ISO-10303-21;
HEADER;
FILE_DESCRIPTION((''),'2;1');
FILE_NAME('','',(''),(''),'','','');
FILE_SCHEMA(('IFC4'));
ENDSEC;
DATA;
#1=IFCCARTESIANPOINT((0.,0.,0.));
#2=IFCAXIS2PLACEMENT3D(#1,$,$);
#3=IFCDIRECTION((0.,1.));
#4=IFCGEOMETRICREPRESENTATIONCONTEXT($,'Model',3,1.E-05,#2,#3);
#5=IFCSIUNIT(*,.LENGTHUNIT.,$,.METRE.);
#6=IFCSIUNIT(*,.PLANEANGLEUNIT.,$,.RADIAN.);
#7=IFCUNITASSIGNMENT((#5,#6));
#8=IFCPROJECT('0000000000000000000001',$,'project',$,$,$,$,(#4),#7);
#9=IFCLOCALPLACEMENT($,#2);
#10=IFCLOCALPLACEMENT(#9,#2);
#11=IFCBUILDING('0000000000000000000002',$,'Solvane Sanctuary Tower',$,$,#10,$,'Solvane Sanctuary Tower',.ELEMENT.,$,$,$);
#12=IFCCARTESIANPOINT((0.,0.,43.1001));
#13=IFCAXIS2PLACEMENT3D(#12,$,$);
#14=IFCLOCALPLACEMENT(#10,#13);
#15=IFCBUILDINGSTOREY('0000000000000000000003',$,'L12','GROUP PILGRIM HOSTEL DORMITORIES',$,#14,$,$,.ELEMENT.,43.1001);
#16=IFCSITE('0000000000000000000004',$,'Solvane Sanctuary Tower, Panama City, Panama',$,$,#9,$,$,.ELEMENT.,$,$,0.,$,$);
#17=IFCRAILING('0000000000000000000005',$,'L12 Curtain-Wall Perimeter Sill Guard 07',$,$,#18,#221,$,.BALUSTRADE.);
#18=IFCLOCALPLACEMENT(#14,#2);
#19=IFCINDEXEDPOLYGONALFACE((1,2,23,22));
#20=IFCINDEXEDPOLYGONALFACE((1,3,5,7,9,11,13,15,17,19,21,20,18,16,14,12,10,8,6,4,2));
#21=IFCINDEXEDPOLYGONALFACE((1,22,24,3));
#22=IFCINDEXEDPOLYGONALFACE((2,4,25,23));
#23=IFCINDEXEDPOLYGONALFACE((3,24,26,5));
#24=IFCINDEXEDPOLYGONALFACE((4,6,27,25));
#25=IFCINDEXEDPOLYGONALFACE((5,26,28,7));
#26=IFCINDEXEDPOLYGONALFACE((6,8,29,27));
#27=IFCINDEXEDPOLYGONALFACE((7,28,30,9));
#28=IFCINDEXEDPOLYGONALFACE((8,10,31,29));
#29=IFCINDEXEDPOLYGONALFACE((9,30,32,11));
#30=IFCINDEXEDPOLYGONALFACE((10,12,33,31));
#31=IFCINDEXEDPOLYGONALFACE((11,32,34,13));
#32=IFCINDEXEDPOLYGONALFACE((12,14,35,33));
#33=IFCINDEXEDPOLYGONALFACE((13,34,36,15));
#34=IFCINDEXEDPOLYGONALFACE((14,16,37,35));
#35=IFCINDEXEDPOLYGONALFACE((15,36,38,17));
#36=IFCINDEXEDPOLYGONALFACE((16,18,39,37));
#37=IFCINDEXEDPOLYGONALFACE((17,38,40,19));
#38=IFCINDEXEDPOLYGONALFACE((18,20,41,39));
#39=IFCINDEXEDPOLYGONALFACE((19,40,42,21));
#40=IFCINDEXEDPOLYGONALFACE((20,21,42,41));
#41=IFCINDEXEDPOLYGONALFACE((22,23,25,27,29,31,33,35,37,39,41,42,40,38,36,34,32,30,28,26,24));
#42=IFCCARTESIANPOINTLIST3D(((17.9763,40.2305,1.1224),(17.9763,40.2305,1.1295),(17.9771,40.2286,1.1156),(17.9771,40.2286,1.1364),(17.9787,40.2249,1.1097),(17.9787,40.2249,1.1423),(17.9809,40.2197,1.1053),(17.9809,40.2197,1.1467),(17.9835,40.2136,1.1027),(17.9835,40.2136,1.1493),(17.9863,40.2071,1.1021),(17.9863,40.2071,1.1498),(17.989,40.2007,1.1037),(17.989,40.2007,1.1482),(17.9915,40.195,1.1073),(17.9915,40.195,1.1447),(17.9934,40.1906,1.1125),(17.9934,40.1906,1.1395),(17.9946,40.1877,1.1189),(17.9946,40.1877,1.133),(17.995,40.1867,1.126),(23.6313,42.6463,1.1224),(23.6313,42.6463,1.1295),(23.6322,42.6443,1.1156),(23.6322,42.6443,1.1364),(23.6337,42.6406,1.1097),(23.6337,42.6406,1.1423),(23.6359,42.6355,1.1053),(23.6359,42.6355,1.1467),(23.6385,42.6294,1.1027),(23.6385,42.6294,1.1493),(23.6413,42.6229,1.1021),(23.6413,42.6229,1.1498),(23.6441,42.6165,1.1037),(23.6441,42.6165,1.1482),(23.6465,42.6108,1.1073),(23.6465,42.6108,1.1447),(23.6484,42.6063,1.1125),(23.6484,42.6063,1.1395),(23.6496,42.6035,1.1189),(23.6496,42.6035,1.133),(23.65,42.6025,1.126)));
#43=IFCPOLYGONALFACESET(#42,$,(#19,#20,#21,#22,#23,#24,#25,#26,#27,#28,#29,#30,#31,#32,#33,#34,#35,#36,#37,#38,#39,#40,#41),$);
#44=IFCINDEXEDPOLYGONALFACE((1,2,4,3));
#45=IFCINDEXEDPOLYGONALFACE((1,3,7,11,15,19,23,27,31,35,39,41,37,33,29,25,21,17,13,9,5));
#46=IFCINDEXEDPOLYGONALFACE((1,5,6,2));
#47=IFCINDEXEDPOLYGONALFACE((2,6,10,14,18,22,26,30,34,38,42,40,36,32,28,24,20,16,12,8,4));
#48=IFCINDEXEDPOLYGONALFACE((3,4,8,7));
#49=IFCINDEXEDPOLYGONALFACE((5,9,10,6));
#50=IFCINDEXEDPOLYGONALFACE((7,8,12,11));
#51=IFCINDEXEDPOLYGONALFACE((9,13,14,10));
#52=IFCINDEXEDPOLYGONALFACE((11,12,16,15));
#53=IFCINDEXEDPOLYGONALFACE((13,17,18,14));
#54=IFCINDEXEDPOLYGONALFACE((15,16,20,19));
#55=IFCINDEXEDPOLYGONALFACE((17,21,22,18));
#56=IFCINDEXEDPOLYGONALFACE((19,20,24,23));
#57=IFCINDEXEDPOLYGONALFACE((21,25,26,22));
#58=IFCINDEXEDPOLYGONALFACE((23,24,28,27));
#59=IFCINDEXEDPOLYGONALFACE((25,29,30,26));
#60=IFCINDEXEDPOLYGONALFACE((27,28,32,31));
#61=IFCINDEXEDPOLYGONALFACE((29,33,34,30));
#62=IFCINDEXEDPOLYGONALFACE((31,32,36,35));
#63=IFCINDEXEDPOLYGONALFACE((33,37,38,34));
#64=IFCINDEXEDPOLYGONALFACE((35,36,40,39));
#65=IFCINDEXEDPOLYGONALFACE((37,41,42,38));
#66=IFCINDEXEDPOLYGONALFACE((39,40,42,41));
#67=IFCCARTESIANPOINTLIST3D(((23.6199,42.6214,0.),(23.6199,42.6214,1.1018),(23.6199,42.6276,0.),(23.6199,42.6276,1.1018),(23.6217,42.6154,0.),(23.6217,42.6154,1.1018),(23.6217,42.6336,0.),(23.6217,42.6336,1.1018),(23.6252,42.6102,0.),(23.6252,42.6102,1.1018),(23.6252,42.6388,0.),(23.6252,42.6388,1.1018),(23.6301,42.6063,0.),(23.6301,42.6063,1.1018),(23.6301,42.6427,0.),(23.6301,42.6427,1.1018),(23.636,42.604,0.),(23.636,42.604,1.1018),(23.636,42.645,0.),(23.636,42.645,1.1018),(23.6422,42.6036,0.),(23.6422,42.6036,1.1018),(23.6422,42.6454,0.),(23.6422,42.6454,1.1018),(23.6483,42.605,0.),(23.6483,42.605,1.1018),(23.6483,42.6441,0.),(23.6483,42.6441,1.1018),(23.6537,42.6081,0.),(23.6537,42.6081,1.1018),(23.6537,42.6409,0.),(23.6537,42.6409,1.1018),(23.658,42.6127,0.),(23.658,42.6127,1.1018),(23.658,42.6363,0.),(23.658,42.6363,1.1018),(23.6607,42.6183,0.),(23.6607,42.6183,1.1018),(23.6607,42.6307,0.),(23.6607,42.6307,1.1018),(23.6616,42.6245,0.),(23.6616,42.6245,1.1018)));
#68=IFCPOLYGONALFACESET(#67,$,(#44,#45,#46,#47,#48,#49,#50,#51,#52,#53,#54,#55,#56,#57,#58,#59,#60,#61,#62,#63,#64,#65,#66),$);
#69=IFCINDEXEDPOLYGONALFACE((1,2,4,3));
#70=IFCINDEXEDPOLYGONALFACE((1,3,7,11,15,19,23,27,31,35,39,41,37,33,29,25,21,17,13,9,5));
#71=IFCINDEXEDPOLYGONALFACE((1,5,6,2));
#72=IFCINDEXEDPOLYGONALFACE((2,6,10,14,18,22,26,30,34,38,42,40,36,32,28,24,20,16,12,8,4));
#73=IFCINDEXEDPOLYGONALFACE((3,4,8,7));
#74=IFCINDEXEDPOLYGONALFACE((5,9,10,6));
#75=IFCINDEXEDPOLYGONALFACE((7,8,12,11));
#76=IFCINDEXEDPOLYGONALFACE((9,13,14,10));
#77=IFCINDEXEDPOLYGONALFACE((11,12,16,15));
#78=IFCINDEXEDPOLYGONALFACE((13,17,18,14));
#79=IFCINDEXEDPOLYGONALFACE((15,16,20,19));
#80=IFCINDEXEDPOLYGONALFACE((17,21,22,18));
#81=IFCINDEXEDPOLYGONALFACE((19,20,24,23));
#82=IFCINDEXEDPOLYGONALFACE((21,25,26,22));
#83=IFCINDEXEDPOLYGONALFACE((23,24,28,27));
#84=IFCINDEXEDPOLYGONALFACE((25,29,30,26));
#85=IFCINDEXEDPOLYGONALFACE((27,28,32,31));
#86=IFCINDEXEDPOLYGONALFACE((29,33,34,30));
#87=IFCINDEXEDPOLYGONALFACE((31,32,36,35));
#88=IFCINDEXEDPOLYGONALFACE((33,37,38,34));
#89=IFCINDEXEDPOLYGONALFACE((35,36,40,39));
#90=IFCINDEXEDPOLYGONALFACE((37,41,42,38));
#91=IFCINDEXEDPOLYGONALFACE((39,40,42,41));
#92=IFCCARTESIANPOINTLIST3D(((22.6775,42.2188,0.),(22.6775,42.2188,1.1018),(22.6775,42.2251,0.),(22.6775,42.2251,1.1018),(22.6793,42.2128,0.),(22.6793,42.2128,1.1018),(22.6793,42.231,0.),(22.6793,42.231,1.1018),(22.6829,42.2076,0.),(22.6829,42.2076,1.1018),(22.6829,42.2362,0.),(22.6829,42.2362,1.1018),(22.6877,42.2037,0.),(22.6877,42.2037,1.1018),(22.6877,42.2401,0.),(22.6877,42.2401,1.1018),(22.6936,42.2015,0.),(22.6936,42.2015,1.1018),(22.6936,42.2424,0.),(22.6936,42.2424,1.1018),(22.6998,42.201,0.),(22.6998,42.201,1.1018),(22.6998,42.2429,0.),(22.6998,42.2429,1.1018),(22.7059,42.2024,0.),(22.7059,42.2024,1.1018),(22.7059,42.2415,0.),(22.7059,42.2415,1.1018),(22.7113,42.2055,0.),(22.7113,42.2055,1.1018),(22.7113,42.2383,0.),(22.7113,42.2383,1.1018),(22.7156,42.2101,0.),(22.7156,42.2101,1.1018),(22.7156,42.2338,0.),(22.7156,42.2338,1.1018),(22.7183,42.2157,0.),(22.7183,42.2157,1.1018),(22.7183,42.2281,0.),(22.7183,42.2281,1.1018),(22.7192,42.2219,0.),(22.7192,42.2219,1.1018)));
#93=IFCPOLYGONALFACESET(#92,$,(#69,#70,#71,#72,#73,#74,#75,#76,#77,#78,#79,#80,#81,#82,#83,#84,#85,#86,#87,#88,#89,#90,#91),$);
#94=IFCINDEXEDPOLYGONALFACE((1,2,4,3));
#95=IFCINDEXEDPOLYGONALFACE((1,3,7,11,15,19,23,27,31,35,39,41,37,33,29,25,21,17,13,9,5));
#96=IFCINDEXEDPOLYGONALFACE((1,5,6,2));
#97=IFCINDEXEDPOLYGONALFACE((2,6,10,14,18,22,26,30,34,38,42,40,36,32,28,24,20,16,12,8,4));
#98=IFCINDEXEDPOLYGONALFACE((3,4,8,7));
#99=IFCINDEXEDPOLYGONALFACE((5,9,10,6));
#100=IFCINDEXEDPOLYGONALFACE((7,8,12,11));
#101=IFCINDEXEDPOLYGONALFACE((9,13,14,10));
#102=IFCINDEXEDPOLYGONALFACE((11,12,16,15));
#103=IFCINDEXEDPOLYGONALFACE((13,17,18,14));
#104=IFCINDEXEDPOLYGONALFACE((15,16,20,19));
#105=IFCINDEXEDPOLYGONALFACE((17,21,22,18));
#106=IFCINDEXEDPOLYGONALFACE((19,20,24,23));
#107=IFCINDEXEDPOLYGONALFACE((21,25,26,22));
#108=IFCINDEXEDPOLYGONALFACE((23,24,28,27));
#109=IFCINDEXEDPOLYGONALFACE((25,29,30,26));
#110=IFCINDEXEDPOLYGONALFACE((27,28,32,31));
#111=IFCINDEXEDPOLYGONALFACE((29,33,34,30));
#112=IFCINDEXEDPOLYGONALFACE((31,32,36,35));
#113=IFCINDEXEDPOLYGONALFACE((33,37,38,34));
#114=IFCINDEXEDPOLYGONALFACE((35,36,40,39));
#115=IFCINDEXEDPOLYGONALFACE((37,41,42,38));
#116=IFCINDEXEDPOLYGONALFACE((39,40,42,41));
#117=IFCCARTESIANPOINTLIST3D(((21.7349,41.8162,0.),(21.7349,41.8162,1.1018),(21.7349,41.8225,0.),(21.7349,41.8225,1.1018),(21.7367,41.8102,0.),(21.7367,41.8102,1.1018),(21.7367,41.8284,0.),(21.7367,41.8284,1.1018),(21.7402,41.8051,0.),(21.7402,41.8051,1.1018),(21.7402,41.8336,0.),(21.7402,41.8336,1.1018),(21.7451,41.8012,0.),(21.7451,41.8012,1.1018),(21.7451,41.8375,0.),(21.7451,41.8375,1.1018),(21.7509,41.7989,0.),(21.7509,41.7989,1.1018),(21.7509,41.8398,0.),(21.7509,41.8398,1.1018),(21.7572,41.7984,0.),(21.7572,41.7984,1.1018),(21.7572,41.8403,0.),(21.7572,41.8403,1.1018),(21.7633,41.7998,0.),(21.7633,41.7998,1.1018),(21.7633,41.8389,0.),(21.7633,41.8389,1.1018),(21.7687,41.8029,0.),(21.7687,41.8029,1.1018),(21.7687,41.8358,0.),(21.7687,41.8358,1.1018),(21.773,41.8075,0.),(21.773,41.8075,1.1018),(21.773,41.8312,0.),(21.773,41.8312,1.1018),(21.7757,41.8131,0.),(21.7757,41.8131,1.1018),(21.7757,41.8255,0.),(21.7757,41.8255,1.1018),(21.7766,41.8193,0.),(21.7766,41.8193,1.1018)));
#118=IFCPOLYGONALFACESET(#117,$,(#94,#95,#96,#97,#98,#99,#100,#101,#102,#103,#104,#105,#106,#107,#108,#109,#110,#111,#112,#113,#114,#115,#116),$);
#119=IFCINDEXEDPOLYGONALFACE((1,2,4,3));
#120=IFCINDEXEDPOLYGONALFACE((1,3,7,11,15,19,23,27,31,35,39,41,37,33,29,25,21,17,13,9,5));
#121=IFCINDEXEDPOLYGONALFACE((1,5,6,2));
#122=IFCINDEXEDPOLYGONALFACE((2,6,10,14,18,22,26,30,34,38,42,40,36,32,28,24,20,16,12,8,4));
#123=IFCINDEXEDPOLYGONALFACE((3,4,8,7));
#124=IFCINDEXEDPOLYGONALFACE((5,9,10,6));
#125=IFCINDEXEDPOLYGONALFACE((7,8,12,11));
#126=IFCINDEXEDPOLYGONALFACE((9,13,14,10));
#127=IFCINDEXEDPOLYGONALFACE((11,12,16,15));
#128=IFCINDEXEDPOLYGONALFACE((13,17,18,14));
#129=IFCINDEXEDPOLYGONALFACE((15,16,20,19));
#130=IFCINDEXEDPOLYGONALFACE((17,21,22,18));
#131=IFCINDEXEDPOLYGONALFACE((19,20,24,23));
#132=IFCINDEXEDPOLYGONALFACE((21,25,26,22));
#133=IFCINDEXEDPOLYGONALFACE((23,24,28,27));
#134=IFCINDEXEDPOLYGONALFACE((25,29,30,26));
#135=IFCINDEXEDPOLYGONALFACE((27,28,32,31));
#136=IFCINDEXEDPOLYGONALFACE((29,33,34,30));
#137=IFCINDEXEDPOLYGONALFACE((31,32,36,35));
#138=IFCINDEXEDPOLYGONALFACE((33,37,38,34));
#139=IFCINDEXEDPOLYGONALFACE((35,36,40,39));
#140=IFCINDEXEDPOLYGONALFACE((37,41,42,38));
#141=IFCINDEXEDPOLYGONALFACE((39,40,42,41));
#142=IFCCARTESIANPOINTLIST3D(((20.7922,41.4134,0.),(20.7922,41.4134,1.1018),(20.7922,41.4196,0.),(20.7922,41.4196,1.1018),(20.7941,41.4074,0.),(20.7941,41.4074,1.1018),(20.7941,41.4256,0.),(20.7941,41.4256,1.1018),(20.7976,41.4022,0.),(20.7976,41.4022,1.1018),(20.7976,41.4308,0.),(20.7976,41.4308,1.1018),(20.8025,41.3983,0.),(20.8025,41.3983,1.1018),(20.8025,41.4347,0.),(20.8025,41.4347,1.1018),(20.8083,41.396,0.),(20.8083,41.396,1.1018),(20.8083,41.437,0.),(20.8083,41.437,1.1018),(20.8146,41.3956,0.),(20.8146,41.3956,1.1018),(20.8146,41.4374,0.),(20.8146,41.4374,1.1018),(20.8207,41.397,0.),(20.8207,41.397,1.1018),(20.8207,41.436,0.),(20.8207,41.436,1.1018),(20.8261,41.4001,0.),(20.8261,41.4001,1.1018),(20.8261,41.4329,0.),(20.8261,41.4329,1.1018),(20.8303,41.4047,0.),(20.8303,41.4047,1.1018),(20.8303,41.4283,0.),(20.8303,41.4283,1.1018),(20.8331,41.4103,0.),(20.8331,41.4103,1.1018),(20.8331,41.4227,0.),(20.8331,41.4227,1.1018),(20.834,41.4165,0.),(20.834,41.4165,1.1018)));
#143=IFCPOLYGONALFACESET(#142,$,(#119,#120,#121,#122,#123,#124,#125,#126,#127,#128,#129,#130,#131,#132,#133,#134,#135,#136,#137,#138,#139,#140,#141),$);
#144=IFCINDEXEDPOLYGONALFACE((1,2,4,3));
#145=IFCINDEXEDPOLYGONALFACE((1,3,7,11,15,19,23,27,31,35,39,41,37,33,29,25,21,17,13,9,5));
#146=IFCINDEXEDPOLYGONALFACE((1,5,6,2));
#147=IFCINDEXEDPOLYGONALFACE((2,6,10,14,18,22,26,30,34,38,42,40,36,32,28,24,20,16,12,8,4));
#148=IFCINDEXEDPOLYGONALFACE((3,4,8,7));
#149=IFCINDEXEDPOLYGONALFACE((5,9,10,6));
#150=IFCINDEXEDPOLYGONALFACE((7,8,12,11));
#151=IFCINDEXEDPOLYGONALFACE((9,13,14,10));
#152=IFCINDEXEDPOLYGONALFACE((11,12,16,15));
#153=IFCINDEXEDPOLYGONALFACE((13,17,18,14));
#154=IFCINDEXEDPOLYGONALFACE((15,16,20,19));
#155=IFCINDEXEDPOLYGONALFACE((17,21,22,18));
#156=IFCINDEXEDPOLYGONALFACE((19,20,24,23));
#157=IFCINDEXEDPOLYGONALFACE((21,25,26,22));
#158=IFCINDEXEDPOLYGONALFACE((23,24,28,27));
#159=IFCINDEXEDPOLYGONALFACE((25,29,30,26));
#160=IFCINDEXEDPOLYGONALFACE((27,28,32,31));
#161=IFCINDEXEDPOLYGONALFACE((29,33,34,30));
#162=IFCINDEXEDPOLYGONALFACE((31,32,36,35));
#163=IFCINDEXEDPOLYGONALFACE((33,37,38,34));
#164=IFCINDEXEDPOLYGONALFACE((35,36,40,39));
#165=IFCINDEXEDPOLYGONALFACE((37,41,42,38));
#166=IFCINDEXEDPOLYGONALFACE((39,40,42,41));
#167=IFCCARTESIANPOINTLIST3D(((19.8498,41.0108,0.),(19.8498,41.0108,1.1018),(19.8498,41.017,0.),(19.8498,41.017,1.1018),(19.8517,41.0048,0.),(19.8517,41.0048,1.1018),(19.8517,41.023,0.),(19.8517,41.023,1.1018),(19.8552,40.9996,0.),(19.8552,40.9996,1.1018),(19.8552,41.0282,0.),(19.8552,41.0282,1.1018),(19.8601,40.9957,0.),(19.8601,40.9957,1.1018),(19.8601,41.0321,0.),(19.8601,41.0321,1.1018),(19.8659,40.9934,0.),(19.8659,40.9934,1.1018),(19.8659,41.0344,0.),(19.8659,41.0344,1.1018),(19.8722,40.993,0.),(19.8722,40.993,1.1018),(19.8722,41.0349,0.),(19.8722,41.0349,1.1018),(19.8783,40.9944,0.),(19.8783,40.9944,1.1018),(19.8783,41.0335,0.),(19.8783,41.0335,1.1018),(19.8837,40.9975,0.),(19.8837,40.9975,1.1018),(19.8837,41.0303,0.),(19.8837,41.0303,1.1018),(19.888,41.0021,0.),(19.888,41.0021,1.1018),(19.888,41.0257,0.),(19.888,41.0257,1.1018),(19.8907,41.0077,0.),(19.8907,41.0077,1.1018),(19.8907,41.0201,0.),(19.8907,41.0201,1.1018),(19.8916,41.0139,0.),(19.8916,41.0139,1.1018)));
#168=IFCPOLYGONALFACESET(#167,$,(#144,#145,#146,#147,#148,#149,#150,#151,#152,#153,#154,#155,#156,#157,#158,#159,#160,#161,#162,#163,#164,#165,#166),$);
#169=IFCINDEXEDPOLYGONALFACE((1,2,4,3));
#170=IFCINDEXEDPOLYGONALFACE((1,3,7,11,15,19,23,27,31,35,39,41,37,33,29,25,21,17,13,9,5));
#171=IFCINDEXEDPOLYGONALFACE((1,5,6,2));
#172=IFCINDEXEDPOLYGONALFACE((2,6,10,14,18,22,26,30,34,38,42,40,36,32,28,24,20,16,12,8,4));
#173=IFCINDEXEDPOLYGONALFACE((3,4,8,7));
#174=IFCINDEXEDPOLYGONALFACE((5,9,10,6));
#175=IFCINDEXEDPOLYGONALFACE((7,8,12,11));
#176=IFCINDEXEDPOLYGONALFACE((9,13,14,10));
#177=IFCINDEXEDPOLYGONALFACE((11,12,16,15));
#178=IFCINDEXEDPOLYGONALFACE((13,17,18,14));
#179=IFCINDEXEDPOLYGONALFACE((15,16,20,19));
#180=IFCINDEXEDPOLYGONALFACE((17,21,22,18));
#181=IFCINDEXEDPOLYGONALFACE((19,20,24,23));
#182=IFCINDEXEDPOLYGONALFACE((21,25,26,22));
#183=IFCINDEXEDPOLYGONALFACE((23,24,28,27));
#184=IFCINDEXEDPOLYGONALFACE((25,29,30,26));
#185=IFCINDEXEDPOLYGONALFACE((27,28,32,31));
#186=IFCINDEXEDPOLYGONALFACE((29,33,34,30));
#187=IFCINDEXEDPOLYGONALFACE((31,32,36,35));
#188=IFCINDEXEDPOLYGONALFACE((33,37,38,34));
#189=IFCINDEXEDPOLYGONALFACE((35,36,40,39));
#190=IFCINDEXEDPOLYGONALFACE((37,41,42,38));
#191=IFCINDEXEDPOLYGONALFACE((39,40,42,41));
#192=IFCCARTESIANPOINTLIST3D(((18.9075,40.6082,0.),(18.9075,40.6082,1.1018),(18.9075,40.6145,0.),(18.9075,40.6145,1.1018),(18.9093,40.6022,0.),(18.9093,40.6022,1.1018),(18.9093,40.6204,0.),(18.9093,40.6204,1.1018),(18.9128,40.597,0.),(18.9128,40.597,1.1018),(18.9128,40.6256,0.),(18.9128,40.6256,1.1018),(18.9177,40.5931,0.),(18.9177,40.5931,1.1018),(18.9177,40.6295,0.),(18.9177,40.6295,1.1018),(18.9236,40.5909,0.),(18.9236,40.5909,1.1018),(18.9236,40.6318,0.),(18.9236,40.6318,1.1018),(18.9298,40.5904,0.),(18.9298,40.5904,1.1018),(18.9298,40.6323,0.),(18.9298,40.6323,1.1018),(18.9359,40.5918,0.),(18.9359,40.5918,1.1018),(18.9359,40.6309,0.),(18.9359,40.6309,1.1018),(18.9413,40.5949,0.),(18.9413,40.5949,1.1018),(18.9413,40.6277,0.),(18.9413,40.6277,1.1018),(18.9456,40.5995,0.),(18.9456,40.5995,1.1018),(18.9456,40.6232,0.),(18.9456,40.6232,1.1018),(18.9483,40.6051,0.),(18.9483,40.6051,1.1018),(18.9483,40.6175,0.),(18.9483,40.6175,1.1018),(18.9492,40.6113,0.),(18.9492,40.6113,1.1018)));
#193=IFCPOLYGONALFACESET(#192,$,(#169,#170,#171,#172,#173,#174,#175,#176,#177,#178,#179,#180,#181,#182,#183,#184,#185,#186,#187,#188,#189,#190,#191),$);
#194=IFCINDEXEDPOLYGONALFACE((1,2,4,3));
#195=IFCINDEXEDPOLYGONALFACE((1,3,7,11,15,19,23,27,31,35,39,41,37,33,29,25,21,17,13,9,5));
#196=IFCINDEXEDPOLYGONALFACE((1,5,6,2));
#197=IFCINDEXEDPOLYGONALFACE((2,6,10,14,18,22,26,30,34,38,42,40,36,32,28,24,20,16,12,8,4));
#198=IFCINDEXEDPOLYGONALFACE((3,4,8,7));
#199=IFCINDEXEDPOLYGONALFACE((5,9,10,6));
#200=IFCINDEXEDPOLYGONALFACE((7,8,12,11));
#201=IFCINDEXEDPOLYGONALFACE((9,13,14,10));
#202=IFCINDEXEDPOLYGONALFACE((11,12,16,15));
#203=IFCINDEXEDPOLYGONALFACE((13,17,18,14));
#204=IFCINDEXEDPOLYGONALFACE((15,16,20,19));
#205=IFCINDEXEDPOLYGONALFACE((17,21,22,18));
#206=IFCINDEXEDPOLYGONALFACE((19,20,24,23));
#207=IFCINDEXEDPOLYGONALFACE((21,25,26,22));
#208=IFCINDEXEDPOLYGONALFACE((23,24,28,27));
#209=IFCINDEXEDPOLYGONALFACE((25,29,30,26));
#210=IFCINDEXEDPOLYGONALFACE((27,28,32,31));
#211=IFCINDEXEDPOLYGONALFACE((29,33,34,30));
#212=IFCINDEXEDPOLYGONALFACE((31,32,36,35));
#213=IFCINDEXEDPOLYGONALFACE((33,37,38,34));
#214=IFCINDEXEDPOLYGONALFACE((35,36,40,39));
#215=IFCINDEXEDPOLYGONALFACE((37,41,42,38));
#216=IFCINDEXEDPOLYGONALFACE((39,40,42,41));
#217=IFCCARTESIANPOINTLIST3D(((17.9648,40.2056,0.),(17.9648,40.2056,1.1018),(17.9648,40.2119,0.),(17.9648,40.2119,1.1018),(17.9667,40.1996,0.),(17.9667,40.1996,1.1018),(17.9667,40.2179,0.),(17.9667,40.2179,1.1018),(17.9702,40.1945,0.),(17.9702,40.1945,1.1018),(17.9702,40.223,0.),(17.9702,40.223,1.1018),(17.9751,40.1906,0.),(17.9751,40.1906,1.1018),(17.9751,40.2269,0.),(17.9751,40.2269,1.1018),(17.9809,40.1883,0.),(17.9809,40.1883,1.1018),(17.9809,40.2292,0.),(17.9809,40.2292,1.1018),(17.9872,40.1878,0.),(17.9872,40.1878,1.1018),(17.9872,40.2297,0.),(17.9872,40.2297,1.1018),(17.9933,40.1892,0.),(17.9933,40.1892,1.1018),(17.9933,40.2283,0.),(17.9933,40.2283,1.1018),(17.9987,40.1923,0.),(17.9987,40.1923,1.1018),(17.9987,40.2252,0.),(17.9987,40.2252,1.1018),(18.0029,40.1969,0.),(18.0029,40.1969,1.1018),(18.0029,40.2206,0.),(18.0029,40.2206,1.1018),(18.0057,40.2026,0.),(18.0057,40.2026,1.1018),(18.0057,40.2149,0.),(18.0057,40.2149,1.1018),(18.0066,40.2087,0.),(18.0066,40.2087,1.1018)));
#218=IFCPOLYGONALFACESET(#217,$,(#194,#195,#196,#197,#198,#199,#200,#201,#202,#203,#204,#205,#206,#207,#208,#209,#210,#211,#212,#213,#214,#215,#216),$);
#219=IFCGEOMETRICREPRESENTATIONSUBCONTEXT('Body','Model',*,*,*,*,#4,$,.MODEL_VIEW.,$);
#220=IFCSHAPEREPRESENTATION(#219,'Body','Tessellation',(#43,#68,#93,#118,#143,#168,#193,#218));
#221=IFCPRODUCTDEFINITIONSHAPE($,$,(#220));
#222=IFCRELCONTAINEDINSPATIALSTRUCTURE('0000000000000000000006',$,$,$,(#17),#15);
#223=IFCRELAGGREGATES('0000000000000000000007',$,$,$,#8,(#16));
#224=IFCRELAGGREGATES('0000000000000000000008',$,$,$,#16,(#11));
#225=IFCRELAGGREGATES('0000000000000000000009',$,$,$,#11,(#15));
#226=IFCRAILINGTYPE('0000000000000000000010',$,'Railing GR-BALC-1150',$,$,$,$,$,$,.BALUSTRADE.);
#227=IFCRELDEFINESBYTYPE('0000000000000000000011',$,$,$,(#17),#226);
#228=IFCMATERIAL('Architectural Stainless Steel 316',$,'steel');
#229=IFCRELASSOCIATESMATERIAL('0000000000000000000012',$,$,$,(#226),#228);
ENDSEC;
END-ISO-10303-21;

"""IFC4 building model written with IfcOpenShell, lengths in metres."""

from ifc_helpers import new_model, si_unit, direction, frame, origin, origin_2d, place, context, subcontext, project, spatial, circle, extrude, material, type_object, element, save


model = new_model("IFC4")

# Units and contexts
model_context = context("Model", 3, precision=1e-05, world=origin(), true_north=direction((0.0, 1.0)))
body_context = subcontext(model_context, "Body", "Model", "MODEL_VIEW")
ifc_project = project(units=[si_unit("LENGTHUNIT", "METRE"), si_unit("PLANEANGLEUNIT", "RADIAN")], contexts=[model_context])

# Site, building, storey
site_placement = place(None, origin())
site = spatial("IfcSite", under=ifc_project, at=site_placement, Name="Solvane Sanctuary Tower, Panama City, Panama", CompositionType="ELEMENT", RefElevation=0.0)
building_placement = place(site_placement, origin())
building = spatial("IfcBuilding", under=site, at=building_placement, Name="Solvane Sanctuary Tower", LongName="Solvane Sanctuary Tower", CompositionType="ELEMENT")
storey_placement = place(building_placement, frame((0.0, 0.0, 43.1001)))
storey = spatial("IfcBuildingStorey", under=building, at=storey_placement, Name="L12", Description="GROUP PILGRIM HOSTEL DORMITORIES", CompositionType="ELEMENT", Elevation=43.1001)

# Railing
ifc_material_1 = material(Name="Architectural Stainless Steel 316", Category="steel")
railing_type = type_object("IfcRailingType", Name="Railing GR-BALC-1150", PredefinedType="BALUSTRADE", material=ifc_material_1)
railing_placement = place(storey_placement, frame((23.6406, 42.6245, 0.0)))
element("IfcRailing", 1, at=railing_placement, inside=storey, type_object=railing_type, Name="L12 Curtain-Wall Perimeter Sill Guard 07", PredefinedType="BALUSTRADE", context=body_context, shape_type="SweptSolid", body=[
    extrude(circle(Radius=0.0239, at=origin_2d()), frame((0.0, 0.0, 1.126), z_axis=(-0.919604, -0.392846, 0.0), x_axis=(0.392846, -0.919604, 0.0)), (0.0, 0.0, 1.0), 6.1494),
    extrude(circle(Radius=0.021, at=origin_2d()), origin(), (0.0, 0.0, 1.0), 1.1018),
    extrude(circle(Radius=0.021, at=origin_2d()), frame((-0.9424, -0.4026, 0.0)), (0.0, 0.0, 1.0), 1.1018),
    extrude(circle(Radius=0.021, at=origin_2d()), frame((-1.885, -0.8052, 0.0)), (0.0, 0.0, 1.0), 1.1018),
    extrude(circle(Radius=0.021, at=origin_2d()), frame((-2.8276, -1.208, 0.0)), (0.0, 0.0, 1.0), 1.1018),
    extrude(circle(Radius=0.021, at=origin_2d()), frame((-3.77, -1.6106, 0.0)), (0.0, 0.0, 1.0), 1.1018),
    extrude(circle(Radius=0.021, at=origin_2d()), frame((-4.7124, -2.0132, 0.0)), (0.0, 0.0, 1.0), 1.1018),
    extrude(circle(Radius=0.021, at=origin_2d()), frame((-5.655, -2.4158, 0.0)), (0.0, 0.0, 1.0), 1.1018),
])

save(model, "model.ifc")
